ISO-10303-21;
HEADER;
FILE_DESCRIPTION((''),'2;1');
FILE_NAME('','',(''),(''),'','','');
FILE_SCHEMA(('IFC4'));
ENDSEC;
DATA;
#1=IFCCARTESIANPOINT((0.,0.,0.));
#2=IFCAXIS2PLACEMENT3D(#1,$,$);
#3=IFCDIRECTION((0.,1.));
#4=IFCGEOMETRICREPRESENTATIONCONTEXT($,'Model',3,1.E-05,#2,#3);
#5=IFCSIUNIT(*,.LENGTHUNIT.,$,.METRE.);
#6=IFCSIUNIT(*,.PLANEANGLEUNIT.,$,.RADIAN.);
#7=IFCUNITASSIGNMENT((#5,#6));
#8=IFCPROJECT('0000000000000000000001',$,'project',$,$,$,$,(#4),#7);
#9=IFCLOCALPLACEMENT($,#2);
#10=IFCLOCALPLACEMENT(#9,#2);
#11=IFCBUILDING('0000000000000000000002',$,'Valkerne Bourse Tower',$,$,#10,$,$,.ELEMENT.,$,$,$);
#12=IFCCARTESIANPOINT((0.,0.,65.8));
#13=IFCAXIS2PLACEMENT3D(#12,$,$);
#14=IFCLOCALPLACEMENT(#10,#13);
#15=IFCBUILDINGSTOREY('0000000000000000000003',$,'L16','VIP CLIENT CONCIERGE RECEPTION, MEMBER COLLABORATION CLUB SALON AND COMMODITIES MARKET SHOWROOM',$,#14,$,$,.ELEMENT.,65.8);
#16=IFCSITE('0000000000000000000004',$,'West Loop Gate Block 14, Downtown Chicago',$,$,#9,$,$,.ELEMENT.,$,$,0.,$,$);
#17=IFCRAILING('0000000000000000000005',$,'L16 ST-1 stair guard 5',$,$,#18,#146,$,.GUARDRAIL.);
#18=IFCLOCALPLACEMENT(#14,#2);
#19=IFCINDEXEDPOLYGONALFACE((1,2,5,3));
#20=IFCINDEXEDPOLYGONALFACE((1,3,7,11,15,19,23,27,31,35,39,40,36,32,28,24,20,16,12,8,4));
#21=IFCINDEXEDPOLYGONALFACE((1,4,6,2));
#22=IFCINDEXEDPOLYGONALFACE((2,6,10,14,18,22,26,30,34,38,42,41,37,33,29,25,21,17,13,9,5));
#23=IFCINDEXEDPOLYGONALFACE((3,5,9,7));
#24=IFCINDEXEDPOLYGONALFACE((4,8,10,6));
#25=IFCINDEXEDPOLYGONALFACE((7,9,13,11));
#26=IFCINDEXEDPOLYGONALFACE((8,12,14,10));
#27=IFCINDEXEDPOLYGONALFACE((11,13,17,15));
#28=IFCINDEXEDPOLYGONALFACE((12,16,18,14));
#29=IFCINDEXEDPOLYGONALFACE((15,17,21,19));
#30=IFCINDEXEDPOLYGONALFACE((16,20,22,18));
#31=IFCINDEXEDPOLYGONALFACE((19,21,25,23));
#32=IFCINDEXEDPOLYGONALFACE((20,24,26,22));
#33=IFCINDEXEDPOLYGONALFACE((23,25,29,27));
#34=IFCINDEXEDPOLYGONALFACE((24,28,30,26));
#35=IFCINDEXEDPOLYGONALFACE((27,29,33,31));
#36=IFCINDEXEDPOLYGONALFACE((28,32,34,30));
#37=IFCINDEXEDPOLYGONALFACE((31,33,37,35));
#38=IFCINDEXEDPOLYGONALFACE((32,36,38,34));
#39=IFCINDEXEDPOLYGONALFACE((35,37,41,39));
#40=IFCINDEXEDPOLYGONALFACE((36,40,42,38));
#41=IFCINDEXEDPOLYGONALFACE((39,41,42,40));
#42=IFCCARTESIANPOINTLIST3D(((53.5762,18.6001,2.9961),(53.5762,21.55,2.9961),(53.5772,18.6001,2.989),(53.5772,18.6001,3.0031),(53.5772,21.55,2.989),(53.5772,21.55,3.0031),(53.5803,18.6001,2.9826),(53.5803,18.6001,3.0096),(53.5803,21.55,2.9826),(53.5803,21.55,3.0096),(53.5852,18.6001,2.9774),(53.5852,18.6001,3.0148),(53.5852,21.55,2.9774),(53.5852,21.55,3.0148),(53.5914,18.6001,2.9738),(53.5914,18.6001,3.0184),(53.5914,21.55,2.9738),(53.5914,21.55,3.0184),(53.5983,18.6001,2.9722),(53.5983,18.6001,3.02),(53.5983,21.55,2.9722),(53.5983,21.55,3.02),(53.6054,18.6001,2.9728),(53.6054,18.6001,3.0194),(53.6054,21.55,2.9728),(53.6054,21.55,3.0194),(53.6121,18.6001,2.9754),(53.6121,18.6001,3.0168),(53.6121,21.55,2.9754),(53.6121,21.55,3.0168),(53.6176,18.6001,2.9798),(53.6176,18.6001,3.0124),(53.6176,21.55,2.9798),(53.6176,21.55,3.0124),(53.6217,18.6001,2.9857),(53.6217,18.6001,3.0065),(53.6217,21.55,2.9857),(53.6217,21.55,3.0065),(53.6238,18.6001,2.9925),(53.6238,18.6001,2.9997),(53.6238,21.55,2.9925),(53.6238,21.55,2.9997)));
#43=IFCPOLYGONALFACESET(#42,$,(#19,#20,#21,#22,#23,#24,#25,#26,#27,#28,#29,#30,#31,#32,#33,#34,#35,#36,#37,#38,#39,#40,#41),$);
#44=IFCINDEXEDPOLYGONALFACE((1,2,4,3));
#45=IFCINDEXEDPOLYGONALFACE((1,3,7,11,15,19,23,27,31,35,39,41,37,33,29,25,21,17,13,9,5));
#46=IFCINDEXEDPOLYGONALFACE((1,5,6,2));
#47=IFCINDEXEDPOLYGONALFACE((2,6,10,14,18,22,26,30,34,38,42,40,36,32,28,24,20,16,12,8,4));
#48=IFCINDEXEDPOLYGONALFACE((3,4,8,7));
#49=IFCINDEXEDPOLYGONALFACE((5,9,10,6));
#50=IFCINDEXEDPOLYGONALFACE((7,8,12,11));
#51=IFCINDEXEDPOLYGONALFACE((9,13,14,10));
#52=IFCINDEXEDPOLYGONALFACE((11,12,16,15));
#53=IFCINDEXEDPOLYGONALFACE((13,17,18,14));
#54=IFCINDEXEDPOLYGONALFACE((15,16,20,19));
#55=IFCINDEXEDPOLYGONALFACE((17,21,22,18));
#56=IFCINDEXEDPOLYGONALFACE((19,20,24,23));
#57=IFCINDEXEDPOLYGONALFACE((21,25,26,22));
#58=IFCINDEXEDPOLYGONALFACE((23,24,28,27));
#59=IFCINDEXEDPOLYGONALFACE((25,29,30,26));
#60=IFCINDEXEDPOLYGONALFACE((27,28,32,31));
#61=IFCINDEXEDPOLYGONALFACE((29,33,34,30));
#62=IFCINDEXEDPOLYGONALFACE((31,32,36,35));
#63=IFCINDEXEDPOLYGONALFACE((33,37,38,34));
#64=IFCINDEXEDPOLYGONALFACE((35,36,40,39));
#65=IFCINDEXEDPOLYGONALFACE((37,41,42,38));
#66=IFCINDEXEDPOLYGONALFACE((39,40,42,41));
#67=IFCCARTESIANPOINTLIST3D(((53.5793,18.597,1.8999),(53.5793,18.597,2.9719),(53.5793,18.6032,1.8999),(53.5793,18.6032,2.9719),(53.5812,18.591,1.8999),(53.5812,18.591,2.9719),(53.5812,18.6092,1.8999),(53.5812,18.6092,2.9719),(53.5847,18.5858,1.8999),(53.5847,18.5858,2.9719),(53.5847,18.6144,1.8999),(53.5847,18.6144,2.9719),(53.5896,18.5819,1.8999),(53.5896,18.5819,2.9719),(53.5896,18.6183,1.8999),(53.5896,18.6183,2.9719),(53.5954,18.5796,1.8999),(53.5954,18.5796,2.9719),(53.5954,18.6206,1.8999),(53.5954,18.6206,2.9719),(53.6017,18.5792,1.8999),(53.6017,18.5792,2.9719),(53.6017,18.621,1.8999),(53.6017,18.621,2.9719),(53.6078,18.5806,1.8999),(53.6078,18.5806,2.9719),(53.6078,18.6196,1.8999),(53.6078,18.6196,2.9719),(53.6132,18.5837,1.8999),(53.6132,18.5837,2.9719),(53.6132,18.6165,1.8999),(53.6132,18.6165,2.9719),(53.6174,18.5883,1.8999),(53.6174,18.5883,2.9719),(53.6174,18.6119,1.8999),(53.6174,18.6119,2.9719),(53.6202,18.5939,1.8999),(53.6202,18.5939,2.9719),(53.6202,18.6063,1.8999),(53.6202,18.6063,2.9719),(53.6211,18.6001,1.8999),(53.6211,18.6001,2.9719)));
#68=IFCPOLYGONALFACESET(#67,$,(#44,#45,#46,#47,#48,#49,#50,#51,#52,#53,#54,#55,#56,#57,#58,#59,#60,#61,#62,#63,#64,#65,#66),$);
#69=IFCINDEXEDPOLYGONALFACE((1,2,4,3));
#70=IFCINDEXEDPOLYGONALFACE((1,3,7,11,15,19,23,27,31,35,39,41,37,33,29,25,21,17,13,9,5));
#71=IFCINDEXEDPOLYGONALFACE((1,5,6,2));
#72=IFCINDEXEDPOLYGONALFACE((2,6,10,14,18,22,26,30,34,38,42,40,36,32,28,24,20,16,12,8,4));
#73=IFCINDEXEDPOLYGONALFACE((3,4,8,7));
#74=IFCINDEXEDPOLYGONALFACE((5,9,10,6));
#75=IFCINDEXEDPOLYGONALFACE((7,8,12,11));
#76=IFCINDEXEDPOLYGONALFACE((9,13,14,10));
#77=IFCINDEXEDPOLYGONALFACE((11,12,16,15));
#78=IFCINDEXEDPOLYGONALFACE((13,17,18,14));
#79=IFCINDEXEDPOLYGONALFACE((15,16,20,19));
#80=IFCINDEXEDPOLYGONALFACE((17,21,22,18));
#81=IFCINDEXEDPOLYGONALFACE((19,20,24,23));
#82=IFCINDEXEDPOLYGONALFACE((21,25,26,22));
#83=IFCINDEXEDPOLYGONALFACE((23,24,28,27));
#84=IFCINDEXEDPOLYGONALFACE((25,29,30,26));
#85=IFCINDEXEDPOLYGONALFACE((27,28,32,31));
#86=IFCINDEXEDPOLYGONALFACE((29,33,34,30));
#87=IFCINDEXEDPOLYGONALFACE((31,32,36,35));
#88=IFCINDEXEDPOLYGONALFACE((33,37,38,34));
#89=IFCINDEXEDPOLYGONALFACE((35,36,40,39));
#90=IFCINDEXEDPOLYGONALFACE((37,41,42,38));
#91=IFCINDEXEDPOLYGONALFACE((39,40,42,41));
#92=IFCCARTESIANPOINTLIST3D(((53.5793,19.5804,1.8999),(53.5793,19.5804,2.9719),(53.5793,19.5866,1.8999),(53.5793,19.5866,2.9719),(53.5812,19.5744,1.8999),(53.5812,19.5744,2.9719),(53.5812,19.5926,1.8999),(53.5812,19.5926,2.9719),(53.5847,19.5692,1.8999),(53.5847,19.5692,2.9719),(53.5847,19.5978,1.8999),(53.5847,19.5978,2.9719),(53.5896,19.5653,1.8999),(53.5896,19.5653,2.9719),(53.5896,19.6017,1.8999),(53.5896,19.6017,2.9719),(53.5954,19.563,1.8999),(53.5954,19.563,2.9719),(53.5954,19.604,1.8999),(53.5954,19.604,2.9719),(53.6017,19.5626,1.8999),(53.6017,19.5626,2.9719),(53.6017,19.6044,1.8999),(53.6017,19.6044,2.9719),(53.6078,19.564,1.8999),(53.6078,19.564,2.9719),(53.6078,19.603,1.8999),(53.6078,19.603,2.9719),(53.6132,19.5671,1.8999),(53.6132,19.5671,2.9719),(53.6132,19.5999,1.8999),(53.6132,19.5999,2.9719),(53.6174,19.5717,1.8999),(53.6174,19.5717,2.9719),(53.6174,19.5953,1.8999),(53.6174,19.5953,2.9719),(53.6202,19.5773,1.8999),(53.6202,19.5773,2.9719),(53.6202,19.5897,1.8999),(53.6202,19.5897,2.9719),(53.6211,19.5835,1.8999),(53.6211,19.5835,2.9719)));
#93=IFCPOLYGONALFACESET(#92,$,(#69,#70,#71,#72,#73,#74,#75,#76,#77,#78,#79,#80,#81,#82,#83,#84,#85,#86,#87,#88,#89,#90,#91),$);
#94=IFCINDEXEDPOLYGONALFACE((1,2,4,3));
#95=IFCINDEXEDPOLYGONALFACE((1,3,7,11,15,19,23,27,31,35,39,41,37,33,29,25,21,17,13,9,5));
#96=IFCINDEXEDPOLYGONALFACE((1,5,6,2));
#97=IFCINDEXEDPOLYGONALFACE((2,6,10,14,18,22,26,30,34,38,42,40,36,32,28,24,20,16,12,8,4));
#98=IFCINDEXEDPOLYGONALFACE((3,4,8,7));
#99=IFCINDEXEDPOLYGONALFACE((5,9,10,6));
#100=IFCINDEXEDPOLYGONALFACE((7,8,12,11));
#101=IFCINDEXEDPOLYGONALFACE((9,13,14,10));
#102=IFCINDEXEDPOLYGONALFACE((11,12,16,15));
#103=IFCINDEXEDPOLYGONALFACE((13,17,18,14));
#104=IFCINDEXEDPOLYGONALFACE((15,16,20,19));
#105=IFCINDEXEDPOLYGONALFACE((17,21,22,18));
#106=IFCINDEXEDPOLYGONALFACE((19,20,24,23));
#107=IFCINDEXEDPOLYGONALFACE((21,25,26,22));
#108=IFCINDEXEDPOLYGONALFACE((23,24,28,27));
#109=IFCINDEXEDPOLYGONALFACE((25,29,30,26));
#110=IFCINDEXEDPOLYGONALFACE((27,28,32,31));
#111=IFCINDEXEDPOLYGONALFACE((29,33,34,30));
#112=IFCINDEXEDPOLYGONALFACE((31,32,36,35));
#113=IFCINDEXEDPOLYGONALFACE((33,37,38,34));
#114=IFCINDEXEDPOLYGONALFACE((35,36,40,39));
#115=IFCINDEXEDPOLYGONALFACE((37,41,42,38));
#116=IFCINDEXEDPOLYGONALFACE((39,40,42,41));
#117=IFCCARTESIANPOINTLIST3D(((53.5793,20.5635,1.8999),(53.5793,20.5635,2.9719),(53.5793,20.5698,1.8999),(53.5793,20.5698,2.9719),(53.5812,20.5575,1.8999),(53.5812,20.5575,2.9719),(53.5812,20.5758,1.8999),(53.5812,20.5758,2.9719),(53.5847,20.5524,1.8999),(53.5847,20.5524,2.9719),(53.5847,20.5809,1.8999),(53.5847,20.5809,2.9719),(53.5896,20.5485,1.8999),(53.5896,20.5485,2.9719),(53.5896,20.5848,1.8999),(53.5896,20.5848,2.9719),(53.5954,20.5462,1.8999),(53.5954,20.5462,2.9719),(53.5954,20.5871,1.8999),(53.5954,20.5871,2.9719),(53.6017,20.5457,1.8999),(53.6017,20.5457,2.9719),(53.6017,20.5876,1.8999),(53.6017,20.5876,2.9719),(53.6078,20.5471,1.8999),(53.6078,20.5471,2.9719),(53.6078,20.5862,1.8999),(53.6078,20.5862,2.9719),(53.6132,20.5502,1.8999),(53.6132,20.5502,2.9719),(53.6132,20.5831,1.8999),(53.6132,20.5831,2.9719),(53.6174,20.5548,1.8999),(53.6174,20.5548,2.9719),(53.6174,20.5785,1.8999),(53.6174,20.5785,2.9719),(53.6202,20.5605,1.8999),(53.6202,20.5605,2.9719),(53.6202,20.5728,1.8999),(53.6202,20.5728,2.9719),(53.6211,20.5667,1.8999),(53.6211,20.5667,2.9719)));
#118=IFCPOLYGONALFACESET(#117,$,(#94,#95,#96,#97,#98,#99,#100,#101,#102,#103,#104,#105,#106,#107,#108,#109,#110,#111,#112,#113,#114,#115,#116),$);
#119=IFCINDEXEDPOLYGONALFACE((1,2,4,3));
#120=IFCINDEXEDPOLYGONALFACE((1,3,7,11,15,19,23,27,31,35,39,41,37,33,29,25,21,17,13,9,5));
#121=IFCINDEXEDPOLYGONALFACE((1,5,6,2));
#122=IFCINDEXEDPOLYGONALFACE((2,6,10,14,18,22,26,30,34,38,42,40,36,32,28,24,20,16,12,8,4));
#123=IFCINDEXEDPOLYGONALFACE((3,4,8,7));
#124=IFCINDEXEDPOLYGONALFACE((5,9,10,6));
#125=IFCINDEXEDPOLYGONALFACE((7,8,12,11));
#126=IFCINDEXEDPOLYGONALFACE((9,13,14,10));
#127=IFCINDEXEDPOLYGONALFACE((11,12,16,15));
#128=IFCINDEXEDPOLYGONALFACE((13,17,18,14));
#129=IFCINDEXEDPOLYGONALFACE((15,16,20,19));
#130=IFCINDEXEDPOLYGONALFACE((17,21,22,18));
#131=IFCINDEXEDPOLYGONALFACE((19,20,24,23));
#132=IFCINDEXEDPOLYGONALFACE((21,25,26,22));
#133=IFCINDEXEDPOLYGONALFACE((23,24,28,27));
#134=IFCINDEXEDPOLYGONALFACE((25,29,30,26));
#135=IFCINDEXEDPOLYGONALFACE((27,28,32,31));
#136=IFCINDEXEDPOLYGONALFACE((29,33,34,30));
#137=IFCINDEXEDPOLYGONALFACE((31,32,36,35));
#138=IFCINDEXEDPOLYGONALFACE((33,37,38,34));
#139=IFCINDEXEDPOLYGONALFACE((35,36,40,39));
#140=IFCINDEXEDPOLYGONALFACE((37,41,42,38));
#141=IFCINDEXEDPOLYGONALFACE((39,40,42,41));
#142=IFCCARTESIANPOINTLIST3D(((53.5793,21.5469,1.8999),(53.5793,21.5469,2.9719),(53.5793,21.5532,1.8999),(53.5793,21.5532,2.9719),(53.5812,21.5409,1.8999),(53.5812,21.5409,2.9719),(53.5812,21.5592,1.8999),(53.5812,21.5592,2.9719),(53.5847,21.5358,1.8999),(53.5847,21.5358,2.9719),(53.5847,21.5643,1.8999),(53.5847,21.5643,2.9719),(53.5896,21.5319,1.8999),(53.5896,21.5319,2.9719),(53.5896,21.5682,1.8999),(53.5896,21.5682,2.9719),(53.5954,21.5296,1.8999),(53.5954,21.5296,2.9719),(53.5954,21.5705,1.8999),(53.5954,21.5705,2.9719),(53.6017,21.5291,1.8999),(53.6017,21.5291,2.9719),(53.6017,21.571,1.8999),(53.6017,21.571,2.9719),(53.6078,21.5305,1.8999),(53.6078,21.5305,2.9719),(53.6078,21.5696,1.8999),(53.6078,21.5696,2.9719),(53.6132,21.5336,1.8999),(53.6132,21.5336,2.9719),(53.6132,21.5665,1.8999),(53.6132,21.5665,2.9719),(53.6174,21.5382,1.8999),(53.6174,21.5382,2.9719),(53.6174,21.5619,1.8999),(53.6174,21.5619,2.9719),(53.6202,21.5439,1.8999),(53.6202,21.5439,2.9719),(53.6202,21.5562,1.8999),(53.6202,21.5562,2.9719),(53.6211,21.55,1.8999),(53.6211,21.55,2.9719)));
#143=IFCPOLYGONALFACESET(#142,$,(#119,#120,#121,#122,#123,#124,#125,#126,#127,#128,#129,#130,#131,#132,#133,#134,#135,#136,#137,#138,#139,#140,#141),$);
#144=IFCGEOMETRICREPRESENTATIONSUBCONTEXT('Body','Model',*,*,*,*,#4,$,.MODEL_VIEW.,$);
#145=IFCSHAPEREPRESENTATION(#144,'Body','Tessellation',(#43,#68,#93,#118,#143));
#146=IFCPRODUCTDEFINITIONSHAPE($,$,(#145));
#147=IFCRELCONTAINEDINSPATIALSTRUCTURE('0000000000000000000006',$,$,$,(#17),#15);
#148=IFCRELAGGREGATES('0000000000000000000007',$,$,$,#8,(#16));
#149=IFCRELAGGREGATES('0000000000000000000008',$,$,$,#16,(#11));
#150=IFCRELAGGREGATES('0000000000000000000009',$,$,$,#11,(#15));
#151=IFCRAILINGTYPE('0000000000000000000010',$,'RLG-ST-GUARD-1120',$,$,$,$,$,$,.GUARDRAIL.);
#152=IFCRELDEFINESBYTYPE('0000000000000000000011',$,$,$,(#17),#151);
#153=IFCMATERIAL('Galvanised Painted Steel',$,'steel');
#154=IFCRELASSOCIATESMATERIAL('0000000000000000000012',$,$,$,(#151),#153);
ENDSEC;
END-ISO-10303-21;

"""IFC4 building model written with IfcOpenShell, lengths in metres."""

from ifc_helpers import new_model, si_unit, direction, frame, origin, origin_2d, place, context, subcontext, project, spatial, circle, extrude, material, type_object, element, save


model = new_model("IFC4")

# Units and contexts
model_context = context("Model", 3, precision=1e-05, world=origin(), true_north=direction((0.0, 1.0)))
body_context = subcontext(model_context, "Body", "Model", "MODEL_VIEW")
ifc_project = project(units=[si_unit("LENGTHUNIT", "METRE"), si_unit("PLANEANGLEUNIT", "RADIAN")], contexts=[model_context])

# Site, building, storey
site_placement = place(None, origin())
site = spatial("IfcSite", under=ifc_project, at=site_placement, Name="West Loop Gate Block 14, Downtown Chicago", CompositionType="ELEMENT", RefElevation=0.0)
building_placement = place(site_placement, origin())
building = spatial("IfcBuilding", under=site, at=building_placement, Name="Valkerne Bourse Tower", CompositionType="ELEMENT")
storey_placement = place(building_placement, frame((0.0, 0.0, 65.8)))
storey = spatial("IfcBuildingStorey", under=building, at=storey_placement, Name="L16", Description="VIP CLIENT CONCIERGE RECEPTION, MEMBER COLLABORATION CLUB SALON AND COMMODITIES MARKET SHOWROOM", CompositionType="ELEMENT", Elevation=65.8)

# Shared definitions
ifc_material_1 = material(Name="Galvanised Painted Steel", Category="steel")

# Railing
railing_type_1 = type_object("IfcRailingType", Name="RLG-ST-GUARD-1120", PredefinedType="GUARDRAIL", material=ifc_material_1)
railing_1_placement = place(storey_placement, frame((53.6001, 18.6001, 1.8999)))
element("IfcRailing", 1, at=railing_1_placement, inside=storey, type_object=railing_type_1, Name="L16 ST-1 stair guard 5", PredefinedType="GUARDRAIL", context=body_context, shape_type="SweptSolid", body=[
    extrude(circle(Radius=0.0239, at=origin_2d()), frame((0.0, 0.0, 1.0962), z_axis=(0.0, 1.0, 0.0), x_axis=(-1.0, 0.0, 0.0)), (0.0, 0.0, 1.0), 2.95),
    extrude(circle(Radius=0.021, at=origin_2d()), origin(), (0.0, 0.0, 1.0), 1.072),
    extrude(circle(Radius=0.021, at=origin_2d()), frame((0.0, 0.9834, 0.0)), (0.0, 0.0, 1.0), 1.072),
    extrude(circle(Radius=0.021, at=origin_2d()), frame((0.0, 1.9666, 0.0)), (0.0, 0.0, 1.0), 1.072),
    extrude(circle(Radius=0.021, at=origin_2d()), frame((0.0, 2.95, 0.0)), (0.0, 0.0, 1.0), 1.072),
])

save(model, "model.ifc")
